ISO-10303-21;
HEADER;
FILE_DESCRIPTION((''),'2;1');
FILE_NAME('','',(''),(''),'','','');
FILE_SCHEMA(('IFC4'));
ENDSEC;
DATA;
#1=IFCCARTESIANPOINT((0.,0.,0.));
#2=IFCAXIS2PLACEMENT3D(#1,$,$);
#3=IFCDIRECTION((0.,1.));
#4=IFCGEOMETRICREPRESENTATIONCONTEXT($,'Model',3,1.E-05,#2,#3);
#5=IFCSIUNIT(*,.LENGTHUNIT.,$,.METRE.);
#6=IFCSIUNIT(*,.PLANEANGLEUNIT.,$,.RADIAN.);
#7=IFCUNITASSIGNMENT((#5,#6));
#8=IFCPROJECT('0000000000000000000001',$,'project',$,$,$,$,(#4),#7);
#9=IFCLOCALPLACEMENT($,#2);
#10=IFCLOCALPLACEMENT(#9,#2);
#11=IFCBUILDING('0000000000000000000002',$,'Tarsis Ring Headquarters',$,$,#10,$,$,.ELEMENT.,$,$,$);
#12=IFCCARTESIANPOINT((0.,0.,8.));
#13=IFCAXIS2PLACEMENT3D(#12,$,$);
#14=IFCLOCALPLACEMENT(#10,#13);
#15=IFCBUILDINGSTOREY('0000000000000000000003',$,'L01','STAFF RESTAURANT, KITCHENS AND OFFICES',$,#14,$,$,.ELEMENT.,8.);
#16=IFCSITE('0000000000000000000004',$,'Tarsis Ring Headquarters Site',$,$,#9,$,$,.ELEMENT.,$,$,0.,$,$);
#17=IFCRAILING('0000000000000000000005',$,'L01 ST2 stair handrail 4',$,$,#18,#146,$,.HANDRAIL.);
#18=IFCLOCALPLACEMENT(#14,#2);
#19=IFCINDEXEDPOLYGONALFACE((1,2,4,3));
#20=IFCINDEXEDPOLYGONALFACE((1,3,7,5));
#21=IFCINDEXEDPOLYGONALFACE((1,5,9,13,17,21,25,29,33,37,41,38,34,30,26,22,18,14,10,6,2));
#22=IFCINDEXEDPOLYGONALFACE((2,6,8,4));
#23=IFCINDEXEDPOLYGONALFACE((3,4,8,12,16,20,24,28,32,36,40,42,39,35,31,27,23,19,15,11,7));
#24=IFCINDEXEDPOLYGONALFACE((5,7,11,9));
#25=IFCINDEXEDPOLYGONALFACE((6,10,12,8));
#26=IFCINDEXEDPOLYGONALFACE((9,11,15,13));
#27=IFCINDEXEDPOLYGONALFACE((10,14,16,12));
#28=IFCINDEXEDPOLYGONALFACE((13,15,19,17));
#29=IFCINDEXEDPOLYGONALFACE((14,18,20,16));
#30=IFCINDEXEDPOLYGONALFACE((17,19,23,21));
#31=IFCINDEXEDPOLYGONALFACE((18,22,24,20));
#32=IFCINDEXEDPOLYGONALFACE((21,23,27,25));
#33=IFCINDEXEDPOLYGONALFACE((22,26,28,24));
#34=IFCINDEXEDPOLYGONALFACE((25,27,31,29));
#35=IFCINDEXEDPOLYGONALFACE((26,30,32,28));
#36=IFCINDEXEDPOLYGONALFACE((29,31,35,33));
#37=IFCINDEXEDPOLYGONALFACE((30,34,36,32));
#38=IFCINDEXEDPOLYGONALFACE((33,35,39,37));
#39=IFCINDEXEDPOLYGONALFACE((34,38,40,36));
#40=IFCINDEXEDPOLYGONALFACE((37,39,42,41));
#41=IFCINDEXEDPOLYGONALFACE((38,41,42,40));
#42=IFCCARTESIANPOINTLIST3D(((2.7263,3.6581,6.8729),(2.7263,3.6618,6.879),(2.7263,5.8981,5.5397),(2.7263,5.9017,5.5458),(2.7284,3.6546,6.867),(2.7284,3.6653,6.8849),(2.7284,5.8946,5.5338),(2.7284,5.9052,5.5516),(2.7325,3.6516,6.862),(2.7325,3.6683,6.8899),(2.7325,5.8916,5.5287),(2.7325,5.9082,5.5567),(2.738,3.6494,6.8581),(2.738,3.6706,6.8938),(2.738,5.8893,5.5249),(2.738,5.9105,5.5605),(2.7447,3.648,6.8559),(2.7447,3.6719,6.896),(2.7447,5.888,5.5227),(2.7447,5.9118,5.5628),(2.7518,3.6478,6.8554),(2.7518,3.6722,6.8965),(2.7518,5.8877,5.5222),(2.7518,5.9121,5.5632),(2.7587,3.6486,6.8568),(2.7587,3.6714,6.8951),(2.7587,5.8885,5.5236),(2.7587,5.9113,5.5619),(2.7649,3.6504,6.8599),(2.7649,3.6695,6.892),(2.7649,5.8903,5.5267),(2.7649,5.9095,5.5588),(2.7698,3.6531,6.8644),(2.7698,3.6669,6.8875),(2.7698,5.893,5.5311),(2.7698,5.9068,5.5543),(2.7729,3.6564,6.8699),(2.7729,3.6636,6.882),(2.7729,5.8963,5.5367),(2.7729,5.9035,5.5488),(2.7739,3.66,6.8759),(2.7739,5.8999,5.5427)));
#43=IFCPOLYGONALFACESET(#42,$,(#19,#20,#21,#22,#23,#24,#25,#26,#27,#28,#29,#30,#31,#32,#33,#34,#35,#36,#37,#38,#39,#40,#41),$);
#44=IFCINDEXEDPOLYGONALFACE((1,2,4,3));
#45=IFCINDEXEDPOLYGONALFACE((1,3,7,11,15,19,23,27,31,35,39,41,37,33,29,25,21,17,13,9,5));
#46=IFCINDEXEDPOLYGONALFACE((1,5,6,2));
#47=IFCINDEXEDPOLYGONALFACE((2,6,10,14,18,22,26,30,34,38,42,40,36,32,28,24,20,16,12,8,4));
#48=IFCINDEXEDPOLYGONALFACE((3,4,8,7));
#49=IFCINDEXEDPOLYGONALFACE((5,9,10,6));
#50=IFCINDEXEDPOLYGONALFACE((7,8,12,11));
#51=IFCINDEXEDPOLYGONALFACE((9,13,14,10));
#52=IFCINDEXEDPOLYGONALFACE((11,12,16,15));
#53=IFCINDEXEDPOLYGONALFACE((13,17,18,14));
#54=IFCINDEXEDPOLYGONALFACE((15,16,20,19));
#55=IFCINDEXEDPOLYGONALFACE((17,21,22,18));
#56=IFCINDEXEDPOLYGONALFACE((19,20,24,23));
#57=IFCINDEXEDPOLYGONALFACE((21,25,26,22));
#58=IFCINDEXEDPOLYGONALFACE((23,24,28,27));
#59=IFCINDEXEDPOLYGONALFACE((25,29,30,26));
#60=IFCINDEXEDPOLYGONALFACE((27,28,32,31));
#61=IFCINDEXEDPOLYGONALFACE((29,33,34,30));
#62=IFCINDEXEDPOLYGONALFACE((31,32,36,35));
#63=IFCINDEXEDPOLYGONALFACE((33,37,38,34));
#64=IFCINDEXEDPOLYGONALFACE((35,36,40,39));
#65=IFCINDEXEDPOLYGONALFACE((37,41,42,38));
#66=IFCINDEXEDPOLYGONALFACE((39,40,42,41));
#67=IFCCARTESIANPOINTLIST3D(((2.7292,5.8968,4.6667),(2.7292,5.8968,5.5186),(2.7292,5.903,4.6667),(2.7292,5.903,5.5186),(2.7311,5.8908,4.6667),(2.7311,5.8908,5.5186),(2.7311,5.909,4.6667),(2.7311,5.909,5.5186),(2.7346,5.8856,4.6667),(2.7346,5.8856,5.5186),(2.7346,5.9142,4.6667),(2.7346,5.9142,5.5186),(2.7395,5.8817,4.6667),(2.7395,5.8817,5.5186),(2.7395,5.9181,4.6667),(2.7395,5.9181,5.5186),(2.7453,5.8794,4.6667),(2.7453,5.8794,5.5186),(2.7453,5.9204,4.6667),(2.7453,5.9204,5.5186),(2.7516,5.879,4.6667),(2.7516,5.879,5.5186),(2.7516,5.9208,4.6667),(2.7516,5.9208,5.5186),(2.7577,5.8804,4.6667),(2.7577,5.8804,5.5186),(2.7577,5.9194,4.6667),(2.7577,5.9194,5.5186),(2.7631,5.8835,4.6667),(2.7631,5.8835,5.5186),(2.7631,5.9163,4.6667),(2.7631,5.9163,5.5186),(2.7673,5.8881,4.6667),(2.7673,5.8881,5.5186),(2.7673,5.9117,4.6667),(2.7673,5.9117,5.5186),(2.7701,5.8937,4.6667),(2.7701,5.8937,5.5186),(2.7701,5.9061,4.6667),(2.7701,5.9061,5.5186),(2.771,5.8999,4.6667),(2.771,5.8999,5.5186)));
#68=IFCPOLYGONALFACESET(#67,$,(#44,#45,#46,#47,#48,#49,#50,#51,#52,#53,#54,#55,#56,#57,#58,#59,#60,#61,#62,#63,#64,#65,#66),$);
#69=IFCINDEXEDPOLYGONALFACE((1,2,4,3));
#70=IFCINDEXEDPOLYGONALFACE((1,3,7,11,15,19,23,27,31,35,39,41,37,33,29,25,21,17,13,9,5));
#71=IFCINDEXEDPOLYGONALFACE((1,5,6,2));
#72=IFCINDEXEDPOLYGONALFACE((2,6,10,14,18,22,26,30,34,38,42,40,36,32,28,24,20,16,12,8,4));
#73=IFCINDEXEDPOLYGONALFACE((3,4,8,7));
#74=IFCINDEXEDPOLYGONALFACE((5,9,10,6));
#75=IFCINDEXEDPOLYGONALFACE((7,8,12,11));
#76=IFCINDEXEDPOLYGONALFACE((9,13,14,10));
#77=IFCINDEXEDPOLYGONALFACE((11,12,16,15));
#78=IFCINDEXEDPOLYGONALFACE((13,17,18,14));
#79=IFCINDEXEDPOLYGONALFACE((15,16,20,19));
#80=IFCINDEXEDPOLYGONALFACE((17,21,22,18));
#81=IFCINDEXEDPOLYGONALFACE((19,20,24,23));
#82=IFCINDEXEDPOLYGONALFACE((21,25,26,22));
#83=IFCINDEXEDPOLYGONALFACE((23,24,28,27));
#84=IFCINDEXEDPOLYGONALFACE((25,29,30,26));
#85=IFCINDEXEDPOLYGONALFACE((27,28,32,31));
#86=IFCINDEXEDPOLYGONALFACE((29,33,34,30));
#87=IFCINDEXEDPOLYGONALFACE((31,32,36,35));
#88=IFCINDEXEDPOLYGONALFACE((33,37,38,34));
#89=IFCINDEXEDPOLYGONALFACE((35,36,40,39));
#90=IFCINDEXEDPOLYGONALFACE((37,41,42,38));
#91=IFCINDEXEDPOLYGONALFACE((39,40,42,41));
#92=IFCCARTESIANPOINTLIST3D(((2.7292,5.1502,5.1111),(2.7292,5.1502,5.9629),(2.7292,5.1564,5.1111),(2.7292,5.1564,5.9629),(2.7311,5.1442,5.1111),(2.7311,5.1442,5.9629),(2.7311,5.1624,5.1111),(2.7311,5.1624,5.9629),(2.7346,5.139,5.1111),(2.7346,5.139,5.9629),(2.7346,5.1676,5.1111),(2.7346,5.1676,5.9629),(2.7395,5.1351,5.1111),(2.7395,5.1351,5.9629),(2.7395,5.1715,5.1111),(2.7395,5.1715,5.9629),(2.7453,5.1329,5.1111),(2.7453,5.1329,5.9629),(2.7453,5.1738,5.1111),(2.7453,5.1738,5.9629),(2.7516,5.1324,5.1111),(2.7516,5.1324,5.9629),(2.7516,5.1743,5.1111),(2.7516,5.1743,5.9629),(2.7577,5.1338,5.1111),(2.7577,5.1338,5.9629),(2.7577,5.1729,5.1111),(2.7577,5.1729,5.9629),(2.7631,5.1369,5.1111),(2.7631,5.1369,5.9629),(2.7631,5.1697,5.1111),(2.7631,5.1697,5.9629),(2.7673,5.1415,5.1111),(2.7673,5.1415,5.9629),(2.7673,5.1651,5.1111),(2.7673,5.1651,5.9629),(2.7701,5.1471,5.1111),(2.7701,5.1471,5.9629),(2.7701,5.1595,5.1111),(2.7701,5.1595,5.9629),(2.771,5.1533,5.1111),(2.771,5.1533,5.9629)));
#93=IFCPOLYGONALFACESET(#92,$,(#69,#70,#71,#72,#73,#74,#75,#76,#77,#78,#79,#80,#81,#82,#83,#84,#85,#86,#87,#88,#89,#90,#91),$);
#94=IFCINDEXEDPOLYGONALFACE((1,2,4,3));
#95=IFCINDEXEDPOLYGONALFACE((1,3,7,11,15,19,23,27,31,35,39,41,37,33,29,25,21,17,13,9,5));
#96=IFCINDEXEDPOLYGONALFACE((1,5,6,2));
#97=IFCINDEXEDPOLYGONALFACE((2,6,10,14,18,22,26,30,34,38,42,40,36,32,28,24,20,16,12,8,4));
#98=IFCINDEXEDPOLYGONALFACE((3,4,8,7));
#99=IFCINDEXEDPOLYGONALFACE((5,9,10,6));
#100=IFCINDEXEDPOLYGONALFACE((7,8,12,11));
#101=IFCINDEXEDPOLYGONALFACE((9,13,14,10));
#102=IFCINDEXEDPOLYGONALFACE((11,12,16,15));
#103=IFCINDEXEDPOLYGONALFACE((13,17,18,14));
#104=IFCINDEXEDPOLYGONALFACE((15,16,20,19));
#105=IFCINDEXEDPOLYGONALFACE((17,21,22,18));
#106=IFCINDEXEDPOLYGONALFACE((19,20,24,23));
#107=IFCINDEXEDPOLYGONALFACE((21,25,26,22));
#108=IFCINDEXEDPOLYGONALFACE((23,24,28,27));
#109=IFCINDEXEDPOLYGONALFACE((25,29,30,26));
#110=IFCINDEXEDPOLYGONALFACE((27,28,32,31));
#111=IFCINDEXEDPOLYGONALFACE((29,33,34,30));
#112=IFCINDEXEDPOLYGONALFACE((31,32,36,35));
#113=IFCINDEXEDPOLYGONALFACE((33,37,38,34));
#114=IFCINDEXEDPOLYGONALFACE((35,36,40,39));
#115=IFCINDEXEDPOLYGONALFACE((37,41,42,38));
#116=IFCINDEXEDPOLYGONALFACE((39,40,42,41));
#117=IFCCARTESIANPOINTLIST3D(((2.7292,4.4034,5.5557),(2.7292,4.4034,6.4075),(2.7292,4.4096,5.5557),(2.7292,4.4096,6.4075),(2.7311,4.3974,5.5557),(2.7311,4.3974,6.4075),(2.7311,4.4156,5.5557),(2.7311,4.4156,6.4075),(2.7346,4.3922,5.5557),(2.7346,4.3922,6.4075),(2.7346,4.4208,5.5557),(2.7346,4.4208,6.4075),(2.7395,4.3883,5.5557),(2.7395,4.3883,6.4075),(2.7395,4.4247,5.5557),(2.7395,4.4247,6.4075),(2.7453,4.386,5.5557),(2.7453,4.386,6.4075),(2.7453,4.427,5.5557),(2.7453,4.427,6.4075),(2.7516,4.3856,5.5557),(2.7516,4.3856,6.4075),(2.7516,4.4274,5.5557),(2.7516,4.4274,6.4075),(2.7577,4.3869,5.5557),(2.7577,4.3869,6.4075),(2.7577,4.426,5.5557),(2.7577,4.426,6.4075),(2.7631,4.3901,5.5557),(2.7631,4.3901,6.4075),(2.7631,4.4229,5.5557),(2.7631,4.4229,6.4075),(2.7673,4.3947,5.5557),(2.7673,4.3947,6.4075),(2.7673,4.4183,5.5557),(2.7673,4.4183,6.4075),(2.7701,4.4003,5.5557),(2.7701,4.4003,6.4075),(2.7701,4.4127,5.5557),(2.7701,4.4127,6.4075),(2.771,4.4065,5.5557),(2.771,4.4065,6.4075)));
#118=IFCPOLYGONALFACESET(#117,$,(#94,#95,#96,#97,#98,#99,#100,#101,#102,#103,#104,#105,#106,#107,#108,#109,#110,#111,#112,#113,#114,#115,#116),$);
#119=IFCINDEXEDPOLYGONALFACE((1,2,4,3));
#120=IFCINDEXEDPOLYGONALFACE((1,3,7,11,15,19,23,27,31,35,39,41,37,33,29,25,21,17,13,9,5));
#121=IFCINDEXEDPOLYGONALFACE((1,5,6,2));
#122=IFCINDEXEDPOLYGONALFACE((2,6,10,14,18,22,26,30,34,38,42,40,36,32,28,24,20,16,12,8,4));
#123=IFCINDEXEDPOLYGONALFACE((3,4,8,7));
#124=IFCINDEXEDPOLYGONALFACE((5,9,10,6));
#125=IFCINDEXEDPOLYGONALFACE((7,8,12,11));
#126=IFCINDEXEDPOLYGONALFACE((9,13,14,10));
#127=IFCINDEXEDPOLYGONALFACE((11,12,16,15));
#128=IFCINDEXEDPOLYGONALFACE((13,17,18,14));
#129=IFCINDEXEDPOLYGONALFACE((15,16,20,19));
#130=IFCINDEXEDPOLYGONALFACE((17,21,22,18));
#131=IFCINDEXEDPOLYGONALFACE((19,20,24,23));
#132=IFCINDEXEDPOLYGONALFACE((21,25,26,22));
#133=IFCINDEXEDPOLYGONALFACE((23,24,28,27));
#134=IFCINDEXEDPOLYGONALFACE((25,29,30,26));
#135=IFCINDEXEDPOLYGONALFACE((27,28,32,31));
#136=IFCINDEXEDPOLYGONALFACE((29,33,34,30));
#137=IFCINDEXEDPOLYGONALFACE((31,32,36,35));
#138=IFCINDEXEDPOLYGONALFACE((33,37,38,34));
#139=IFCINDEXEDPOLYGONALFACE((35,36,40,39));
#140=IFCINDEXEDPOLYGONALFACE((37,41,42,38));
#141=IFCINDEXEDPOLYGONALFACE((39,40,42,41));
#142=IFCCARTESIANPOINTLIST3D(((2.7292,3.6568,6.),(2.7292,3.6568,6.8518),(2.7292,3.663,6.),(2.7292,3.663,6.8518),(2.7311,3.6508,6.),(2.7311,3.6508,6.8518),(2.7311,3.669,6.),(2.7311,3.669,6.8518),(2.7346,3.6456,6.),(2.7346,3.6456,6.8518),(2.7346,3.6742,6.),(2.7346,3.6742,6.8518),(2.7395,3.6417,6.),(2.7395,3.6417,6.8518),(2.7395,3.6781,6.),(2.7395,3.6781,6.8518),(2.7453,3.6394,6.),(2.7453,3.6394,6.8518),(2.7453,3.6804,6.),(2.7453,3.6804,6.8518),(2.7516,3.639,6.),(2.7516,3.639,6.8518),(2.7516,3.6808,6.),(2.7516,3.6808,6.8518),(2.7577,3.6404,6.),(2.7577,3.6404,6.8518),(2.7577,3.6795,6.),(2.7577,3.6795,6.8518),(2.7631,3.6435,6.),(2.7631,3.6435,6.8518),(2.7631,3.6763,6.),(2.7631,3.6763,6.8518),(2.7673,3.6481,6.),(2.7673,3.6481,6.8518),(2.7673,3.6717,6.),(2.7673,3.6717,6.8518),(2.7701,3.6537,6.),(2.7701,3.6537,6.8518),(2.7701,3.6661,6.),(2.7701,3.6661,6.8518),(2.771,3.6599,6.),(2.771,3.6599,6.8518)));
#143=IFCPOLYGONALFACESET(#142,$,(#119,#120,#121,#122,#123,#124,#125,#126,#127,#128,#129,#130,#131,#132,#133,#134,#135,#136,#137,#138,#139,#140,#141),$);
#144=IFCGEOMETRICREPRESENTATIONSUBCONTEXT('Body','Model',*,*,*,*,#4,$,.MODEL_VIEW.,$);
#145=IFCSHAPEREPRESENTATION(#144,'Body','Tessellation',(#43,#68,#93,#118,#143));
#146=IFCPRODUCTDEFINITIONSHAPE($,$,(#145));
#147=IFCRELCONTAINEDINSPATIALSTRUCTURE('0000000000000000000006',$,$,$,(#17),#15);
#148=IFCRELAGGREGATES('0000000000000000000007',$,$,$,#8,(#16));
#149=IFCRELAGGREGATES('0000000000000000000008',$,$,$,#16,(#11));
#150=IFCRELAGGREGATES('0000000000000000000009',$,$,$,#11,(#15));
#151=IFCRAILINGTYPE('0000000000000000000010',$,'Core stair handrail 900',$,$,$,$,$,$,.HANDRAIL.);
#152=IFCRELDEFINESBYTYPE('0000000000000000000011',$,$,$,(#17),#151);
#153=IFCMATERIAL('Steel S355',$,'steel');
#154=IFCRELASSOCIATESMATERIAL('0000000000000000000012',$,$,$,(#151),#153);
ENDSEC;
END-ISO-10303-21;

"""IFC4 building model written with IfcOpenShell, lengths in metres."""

from ifc_helpers import new_model, si_unit, direction, frame, origin, origin_2d, place, context, subcontext, project, spatial, circle, extrude, material, type_object, element, save


model = new_model("IFC4")

# Units and contexts
model_context = context("Model", 3, precision=1e-05, world=origin(), true_north=direction((0.0, 1.0)))
body_context = subcontext(model_context, "Body", "Model", "MODEL_VIEW")
ifc_project = project(units=[si_unit("LENGTHUNIT", "METRE"), si_unit("PLANEANGLEUNIT", "RADIAN")], contexts=[model_context])

# Site, building, storey
site_placement = place(None, origin())
site = spatial("IfcSite", under=ifc_project, at=site_placement, Name="Tarsis Ring Headquarters Site", CompositionType="ELEMENT", RefElevation=0.0)
building_placement = place(site_placement, origin())
building = spatial("IfcBuilding", under=site, at=building_placement, Name="Tarsis Ring Headquarters", CompositionType="ELEMENT")
storey_placement = place(building_placement, frame((0.0, 0.0, 8.0)))
storey = spatial("IfcBuildingStorey", under=building, at=storey_placement, Name="L01", Description="STAFF RESTAURANT, KITCHENS AND OFFICES", CompositionType="ELEMENT", Elevation=8.0)

# Railing
ifc_material_1 = material(Name="Steel S355", Category="steel")
railing_type_1 = type_object("IfcRailingType", Name="Core stair handrail 900", PredefinedType="HANDRAIL", material=ifc_material_1)
railing_1_placement = place(storey_placement, frame((2.75, 5.8999, 4.6667)))
element("IfcRailing", 1, at=railing_1_placement, inside=storey, type_object=railing_type_1, Name="L01 ST2 stair handrail 4", PredefinedType="HANDRAIL", context=body_context, shape_type="SweptSolid", body=[
    extrude(circle(Radius=0.0239, at=origin_2d()), frame((0.0, 0.0, 0.876), z_axis=(0.0, -0.859306, 0.511462), x_axis=(1.0, 0.0, 0.0)), (0.0, 0.0, 1.0), 2.6067),
    extrude(circle(Radius=0.021, at=origin_2d()), origin(), (0.0, 0.0, 1.0), 0.8518),
    extrude(circle(Radius=0.021, at=origin_2d()), frame((0.0, -0.7466, 0.4443)), (0.0, 0.0, 1.0), 0.8518),
    extrude(circle(Radius=0.021, at=origin_2d()), frame((0.0, -1.4934, 0.8889)), (0.0, 0.0, 1.0), 0.8518),
    extrude(circle(Radius=0.021, at=origin_2d()), frame((0.0, -2.24, 1.3333)), (0.0, 0.0, 1.0), 0.8518),
])

save(model, "model.ifc")
